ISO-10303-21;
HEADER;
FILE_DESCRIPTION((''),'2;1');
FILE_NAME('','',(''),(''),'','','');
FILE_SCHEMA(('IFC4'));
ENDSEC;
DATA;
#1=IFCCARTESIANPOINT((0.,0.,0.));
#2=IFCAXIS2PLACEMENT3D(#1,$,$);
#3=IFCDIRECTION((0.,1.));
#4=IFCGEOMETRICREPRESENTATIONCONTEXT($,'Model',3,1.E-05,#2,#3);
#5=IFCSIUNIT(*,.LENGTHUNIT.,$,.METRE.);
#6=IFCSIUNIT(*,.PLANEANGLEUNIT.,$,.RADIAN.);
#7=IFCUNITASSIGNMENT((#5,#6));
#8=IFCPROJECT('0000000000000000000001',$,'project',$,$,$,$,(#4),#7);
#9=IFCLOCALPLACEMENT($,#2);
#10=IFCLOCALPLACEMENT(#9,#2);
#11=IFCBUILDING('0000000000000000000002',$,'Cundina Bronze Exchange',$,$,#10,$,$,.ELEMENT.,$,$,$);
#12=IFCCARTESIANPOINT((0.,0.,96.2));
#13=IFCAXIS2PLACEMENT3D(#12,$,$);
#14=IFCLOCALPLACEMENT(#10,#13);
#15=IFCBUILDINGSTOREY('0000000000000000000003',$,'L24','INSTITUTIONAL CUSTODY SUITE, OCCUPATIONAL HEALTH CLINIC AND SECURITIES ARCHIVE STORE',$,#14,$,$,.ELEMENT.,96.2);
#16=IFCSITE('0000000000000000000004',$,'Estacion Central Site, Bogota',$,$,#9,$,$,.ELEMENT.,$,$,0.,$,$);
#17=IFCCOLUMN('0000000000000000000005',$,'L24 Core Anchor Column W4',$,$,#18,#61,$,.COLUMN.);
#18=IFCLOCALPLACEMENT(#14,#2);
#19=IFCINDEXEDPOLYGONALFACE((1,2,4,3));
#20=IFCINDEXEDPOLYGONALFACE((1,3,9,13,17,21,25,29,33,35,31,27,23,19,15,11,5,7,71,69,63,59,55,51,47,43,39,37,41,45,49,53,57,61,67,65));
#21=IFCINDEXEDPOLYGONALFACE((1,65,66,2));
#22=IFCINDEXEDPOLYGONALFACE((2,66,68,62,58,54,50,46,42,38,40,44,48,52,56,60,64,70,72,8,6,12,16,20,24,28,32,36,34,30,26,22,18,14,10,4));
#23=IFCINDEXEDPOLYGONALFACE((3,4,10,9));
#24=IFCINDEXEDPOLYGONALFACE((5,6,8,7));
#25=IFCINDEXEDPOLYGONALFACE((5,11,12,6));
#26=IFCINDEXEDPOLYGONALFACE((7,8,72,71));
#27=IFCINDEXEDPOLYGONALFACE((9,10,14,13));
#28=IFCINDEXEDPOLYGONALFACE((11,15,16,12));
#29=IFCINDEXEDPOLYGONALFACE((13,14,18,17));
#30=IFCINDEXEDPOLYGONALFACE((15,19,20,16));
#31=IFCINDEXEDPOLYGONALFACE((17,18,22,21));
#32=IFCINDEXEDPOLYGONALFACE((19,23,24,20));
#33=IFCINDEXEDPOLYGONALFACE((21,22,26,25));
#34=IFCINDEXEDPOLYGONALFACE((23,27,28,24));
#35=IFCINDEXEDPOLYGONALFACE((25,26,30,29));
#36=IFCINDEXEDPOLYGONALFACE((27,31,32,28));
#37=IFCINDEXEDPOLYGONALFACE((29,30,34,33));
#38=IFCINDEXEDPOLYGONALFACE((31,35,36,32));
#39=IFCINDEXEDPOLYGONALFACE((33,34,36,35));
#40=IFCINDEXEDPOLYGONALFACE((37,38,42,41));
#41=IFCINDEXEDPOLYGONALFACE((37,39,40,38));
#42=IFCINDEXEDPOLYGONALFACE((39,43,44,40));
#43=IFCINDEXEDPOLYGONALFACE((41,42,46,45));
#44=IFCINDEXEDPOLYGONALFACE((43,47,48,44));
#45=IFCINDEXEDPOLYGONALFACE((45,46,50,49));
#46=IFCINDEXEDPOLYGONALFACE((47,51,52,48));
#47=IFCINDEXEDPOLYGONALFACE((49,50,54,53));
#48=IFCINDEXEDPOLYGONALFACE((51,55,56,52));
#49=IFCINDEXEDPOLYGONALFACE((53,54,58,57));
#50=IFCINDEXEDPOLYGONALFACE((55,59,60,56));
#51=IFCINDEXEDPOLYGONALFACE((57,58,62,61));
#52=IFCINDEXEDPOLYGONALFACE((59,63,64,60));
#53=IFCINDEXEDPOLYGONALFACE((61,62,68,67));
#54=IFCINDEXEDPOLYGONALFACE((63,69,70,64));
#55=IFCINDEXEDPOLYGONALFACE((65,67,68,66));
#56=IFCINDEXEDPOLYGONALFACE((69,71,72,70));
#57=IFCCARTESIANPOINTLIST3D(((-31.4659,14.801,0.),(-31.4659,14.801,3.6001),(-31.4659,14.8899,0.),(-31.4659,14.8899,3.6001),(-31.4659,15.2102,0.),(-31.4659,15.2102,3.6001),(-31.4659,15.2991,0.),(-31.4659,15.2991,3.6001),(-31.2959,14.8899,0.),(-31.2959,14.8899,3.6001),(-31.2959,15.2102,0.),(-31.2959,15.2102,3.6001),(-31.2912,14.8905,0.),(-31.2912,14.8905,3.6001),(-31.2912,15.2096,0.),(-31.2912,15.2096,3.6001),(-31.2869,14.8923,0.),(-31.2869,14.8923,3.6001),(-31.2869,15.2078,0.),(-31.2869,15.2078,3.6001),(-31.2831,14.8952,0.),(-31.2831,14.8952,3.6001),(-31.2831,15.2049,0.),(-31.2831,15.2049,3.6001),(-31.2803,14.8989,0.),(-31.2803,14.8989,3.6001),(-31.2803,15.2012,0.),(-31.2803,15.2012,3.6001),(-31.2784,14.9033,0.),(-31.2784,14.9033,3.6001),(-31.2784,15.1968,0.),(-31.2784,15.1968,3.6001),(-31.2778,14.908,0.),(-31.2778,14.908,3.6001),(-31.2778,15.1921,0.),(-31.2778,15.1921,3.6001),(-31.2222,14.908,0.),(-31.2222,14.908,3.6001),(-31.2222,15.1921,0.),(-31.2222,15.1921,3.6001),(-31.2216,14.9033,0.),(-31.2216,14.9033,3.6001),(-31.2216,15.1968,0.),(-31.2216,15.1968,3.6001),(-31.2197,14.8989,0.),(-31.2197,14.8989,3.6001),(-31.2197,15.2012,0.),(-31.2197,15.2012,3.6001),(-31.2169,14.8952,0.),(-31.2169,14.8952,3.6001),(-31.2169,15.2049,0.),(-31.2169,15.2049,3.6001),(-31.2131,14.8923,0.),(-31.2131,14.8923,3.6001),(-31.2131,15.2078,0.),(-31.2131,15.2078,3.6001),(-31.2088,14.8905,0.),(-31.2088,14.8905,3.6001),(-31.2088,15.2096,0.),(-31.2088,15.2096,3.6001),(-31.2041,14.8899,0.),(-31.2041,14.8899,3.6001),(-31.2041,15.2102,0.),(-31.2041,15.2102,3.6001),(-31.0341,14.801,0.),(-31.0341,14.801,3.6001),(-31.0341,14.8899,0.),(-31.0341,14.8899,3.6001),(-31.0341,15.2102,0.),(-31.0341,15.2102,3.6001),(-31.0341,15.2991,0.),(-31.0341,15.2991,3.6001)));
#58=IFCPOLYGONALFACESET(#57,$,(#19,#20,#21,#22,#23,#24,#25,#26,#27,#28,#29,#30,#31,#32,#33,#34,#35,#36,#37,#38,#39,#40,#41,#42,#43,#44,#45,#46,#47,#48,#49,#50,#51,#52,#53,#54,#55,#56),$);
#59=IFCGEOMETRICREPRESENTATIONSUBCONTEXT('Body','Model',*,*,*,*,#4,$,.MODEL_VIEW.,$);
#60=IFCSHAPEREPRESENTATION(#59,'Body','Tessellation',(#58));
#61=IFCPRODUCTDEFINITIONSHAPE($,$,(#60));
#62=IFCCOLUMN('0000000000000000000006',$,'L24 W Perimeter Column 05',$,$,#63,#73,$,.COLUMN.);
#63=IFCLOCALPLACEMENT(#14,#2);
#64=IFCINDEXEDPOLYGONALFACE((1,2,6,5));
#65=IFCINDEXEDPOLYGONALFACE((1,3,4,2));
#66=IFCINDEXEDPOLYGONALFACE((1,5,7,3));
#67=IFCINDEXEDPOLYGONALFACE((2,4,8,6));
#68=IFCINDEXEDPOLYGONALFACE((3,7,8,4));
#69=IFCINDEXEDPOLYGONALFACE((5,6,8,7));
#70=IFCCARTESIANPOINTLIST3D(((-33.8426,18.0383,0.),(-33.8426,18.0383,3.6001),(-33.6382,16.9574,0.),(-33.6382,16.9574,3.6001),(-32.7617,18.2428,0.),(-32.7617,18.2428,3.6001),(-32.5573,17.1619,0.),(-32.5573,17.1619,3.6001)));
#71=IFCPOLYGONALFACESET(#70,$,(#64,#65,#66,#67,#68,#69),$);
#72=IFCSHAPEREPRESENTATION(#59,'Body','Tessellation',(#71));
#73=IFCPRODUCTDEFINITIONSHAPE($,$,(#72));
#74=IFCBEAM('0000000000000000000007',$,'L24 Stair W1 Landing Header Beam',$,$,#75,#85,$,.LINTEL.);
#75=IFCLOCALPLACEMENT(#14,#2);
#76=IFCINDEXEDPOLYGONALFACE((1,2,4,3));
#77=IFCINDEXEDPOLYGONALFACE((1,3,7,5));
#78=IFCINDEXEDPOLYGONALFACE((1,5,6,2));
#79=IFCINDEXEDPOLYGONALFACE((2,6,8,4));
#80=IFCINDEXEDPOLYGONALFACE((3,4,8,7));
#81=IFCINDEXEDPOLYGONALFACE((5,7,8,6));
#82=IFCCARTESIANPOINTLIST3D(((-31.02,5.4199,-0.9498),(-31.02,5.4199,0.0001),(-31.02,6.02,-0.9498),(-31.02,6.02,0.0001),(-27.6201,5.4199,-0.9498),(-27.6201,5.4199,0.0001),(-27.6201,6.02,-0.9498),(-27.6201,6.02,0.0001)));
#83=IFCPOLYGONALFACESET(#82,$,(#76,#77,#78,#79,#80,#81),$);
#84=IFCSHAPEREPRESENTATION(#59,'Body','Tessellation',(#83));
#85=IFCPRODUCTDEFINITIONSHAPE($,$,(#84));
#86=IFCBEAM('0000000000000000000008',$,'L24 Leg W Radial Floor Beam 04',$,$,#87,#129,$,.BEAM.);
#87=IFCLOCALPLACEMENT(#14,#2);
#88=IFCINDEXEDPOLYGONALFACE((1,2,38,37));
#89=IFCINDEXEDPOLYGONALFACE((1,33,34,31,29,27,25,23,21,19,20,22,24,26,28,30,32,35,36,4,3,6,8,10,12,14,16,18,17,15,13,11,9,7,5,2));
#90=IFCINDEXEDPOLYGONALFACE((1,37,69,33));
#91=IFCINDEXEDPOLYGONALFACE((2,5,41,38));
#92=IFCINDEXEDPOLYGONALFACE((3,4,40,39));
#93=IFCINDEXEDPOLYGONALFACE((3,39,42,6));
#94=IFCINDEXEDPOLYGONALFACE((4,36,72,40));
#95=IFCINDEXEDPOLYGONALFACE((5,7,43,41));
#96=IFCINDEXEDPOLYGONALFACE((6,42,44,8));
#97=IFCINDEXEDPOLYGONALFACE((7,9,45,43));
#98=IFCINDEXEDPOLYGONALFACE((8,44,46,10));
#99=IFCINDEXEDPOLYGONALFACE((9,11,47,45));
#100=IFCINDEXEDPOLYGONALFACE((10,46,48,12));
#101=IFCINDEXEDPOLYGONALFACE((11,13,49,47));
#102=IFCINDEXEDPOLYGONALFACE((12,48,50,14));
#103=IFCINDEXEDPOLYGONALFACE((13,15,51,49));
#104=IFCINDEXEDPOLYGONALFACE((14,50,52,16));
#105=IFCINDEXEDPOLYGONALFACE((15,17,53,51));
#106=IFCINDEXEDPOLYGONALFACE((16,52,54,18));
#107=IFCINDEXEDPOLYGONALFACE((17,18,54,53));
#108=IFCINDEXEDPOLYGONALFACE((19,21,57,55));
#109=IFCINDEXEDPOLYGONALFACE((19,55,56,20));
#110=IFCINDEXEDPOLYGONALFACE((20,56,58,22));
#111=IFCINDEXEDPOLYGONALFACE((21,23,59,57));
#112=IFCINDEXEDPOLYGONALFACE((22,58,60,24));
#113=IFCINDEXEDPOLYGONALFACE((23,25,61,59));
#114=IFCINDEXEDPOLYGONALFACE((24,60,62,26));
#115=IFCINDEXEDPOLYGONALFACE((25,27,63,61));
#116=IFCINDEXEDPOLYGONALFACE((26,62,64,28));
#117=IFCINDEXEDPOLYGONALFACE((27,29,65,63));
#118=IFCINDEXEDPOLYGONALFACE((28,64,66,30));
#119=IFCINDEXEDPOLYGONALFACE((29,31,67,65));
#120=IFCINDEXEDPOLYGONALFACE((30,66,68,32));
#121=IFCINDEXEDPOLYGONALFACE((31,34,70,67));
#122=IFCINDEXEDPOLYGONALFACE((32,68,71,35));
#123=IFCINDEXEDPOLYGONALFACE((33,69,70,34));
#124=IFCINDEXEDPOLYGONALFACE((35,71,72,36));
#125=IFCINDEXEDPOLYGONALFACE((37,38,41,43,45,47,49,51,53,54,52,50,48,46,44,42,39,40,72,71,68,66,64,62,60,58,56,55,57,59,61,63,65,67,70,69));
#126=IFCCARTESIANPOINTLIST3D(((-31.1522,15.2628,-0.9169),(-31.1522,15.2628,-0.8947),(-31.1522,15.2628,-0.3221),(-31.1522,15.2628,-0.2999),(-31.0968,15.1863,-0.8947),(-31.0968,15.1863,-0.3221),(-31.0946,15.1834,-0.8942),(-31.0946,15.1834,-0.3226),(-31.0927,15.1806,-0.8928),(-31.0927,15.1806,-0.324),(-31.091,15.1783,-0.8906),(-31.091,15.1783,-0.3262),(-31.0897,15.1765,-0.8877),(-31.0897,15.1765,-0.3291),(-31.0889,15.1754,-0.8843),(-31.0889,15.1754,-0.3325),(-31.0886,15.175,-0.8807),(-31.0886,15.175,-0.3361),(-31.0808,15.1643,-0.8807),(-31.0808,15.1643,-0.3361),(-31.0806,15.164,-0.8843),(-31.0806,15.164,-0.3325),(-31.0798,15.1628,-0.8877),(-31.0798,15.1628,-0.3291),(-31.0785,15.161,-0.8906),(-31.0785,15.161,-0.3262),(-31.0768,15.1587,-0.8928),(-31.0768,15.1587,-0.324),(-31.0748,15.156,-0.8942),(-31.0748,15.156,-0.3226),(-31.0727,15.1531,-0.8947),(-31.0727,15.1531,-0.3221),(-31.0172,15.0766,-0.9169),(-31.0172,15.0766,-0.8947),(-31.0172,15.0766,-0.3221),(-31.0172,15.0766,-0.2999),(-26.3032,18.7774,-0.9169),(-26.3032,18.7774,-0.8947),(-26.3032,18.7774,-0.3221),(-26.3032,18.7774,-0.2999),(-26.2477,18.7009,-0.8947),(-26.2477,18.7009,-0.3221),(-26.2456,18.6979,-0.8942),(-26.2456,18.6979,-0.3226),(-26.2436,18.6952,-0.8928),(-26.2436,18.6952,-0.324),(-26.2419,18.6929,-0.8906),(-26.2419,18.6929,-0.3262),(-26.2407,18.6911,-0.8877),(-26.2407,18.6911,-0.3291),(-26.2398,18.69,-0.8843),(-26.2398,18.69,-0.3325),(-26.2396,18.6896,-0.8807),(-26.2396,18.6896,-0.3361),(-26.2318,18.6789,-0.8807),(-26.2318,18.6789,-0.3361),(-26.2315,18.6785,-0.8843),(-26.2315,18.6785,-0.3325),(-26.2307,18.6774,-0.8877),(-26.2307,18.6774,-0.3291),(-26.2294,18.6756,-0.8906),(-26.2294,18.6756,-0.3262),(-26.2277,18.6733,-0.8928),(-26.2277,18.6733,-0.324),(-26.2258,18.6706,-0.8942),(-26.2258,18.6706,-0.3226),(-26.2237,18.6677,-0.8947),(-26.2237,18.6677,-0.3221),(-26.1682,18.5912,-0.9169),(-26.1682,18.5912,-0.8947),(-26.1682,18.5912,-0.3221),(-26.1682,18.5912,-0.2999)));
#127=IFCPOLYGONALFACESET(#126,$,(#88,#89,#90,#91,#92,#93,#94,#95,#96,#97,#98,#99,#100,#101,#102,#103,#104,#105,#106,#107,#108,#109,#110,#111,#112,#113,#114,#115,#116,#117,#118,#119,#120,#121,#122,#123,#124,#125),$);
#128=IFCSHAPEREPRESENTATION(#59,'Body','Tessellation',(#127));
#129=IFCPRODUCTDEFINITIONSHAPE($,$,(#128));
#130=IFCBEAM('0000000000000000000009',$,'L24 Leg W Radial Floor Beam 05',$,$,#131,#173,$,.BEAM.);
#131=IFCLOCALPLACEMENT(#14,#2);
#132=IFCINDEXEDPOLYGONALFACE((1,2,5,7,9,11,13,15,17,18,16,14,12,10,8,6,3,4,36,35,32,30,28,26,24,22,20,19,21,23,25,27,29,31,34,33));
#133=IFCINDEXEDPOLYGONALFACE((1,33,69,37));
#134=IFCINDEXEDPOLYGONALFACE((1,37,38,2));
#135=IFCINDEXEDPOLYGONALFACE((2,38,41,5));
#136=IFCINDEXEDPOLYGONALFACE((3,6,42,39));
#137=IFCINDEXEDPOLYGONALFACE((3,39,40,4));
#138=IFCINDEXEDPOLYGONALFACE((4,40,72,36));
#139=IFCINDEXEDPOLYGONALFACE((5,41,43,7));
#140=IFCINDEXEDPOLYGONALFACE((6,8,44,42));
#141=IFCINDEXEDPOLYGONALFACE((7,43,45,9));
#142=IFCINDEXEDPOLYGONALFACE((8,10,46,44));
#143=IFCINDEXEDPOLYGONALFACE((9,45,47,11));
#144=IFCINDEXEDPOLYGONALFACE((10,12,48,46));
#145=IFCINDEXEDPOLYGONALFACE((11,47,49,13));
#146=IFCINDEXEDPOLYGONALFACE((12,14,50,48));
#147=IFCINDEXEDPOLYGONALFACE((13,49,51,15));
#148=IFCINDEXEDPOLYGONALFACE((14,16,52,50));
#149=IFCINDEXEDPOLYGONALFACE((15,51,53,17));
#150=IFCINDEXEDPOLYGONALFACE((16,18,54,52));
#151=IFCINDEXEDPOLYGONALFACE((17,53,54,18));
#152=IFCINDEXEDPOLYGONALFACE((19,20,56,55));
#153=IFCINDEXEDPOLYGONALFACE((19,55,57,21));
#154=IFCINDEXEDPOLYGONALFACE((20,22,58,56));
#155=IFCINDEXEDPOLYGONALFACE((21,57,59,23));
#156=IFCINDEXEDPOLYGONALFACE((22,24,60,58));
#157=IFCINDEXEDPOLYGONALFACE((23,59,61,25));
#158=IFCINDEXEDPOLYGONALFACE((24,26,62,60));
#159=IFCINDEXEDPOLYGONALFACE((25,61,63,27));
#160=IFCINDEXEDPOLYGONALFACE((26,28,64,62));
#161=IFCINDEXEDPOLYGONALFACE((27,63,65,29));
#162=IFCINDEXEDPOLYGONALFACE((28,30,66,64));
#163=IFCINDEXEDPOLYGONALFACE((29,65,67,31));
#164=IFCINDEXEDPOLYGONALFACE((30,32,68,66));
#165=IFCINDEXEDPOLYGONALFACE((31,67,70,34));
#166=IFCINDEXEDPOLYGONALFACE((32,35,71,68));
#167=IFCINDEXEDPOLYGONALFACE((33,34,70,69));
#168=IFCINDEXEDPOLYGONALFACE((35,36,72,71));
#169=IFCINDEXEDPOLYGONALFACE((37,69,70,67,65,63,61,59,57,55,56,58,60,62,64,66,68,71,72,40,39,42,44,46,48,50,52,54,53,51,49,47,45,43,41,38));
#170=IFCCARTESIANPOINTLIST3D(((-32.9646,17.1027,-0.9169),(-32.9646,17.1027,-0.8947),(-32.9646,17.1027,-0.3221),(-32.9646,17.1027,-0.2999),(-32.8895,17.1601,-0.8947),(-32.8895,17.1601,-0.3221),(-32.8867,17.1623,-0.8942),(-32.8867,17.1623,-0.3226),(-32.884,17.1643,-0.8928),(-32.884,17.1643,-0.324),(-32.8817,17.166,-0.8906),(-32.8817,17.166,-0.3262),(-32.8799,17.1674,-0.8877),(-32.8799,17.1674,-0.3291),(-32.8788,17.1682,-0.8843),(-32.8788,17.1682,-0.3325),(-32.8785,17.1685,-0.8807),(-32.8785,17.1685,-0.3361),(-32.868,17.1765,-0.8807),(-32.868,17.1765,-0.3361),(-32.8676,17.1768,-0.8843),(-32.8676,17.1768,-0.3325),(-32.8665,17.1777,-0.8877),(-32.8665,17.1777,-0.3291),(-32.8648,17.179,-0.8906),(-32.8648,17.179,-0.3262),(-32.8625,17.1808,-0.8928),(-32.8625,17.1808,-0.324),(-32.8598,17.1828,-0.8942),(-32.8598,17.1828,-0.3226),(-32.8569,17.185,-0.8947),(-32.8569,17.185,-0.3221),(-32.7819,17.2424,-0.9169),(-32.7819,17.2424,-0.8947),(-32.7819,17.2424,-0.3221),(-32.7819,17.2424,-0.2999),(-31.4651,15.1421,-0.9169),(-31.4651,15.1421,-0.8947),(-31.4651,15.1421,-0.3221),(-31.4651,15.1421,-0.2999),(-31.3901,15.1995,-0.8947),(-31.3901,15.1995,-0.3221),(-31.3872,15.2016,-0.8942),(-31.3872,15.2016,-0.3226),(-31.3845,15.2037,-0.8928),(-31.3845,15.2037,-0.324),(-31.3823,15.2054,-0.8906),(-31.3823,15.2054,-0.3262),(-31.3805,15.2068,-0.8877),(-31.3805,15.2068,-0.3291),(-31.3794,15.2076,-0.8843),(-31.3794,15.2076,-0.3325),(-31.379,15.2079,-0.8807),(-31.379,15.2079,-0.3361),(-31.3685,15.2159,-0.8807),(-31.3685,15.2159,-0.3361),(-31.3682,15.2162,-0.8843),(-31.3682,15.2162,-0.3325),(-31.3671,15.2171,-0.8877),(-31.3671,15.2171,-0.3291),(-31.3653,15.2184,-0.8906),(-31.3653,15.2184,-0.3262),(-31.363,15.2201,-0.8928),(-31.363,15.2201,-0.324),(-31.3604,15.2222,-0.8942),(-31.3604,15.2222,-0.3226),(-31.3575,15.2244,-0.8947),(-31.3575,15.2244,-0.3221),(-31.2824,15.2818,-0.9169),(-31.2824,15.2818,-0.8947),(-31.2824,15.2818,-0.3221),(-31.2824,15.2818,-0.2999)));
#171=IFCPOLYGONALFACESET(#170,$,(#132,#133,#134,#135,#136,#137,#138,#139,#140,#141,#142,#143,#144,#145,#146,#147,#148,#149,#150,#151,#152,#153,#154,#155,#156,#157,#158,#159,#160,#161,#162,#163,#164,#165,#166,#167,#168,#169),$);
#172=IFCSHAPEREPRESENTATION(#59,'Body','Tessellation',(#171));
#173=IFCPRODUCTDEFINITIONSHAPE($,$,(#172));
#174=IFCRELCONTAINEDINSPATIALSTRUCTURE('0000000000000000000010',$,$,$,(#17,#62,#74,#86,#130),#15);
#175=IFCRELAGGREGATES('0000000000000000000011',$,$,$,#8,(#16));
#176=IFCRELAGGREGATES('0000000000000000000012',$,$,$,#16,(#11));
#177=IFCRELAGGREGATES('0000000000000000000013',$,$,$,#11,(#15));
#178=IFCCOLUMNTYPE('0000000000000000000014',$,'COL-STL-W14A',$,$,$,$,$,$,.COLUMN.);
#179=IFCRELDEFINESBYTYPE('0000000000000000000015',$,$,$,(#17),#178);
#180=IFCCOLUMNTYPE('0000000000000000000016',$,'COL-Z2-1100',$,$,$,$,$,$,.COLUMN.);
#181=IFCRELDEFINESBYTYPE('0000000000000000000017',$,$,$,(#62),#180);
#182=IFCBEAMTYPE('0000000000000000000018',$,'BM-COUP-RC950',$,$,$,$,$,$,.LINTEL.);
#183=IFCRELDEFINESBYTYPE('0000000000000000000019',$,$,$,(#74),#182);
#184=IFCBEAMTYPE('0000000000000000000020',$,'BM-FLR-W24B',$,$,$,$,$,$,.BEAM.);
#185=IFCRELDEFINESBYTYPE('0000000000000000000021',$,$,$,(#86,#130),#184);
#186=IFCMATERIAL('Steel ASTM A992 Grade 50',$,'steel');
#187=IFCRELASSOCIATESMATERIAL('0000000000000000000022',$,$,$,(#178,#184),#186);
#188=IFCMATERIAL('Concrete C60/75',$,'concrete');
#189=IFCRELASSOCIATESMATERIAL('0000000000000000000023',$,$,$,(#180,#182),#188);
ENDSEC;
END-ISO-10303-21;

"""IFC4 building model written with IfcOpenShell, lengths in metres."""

from ifc_helpers import new_model, si_unit, direction, frame, origin, origin_2d, place, context, subcontext, project, spatial, rectangle, i_section, extrude, material, material_profile, profile_set, type_object, element, save


model = new_model("IFC4")

# Units and contexts
model_context = context("Model", 3, precision=1e-05, world=origin(), true_north=direction((0.0, 1.0)))
body_context = subcontext(model_context, "Body", "Model", "MODEL_VIEW")
ifc_project = project(units=[si_unit("LENGTHUNIT", "METRE"), si_unit("PLANEANGLEUNIT", "RADIAN")], contexts=[model_context])

# Site, building, storey
site_placement = place(None, origin())
site = spatial("IfcSite", under=ifc_project, at=site_placement, Name="Estacion Central Site, Bogota", CompositionType="ELEMENT", RefElevation=0.0)
building_placement = place(site_placement, origin())
building = spatial("IfcBuilding", under=site, at=building_placement, Name="Cundina Bronze Exchange", CompositionType="ELEMENT")
storey_placement = place(building_placement, frame((0.0, 0.0, 96.2)))
storey = spatial("IfcBuildingStorey", under=building, at=storey_placement, Name="L24", Description="INSTITUTIONAL CUSTODY SUITE, OCCUPATIONAL HEALTH CLINIC AND SECURITIES ARCHIVE STORE", CompositionType="ELEMENT", Elevation=96.2)

# Columns
ifc_material_1 = material(Name="Steel ASTM A992 Grade 50", Category="steel")
ifc_material_profile_1 = material_profile(ifc_material_1, i_section(OverallWidth=0.4319, OverallDepth=0.498, WebThickness=0.0557, FlangeThickness=0.0889, FilletRadius=0.0181, at=origin_2d()), Name="W14X500", Category="steel")
ifc_profile_set_1 = profile_set([ifc_material_profile_1], Name="Steel ASTM A992 Grade 50")
column_type_1 = type_object("IfcColumnType", Name="COL-STL-W14A", PredefinedType="COLUMN", material=ifc_profile_set_1)
column_1_placement = place(storey_placement, frame((-31.25, 15.05, 0.0), z_axis=(0.0, 0.0, 1.0), x_axis=(1.0, 0.0, 0.0)))
element("IfcColumn", 1, at=column_1_placement, inside=storey, type_object=column_type_1, Name="L24 Core Anchor Column W4", PredefinedType="COLUMN", context=body_context, shape_type="SweptSolid", body=[
    extrude(i_section(OverallWidth=0.4319, OverallDepth=0.498, WebThickness=0.0557, FlangeThickness=0.0889, FilletRadius=0.0181, at=origin_2d()), origin(), (0.0, 0.0, 1.0), 3.6001),
])
ifc_material_2 = material(Name="Concrete C60/75", Category="concrete")
ifc_material_profile_2 = material_profile(ifc_material_2, rectangle(XDim=1.1001, YDim=1.1001, at=origin_2d()), Name="RC1100X1100", Category="concrete")
ifc_profile_set_2 = profile_set([ifc_material_profile_2], Name="Concrete C60/75")
column_type_2 = type_object("IfcColumnType", Name="COL-Z2-1100", PredefinedType="COLUMN", material=ifc_profile_set_2)
column_2_placement = place(storey_placement, frame((-33.2, 17.6001, 0.0), z_axis=(0.0, 0.0, 1.0), x_axis=(-0.98258, -0.185838, 0.0)))
element("IfcColumn", 2, at=column_2_placement, inside=storey, type_object=column_type_2, Name="L24 W Perimeter Column 05", PredefinedType="COLUMN", context=body_context, shape_type="SweptSolid", body=[
    extrude(rectangle(XDim=1.1001, YDim=1.1001, at=origin_2d()), origin(), (0.0, 0.0, 1.0), 3.6001),
])

# Beams
ifc_material_profile_3 = material_profile(ifc_material_2, rectangle(XDim=0.6001, YDim=0.95, at=origin_2d()), Name="RC600X950", Category="concrete")
ifc_profile_set_3 = profile_set([ifc_material_profile_3], Name="Concrete C60/75")
beam_type_1 = type_object("IfcBeamType", Name="BM-COUP-RC950", PredefinedType="LINTEL", material=ifc_profile_set_3)
beam_1_placement = place(storey_placement, frame((-31.02, 5.72, -0.4749), z_axis=(1.0, 0.0, 0.0), x_axis=(0.0, 1.0, 0.0)))
element("IfcBeam", 3, at=beam_1_placement, inside=storey, type_object=beam_type_1, Name="L24 Stair W1 Landing Header Beam", PredefinedType="LINTEL", context=body_context, shape_type="SweptSolid", body=[
    extrude(rectangle(XDim=0.6001, YDim=0.95, at=origin_2d()), origin(), (0.0, 0.0, 1.0), 3.3999),
])
ifc_material_profile_4 = material_profile(ifc_material_1, i_section(OverallWidth=0.23, OverallDepth=0.6169, WebThickness=0.0132, FlangeThickness=0.0222, FilletRadius=0.0139, at=origin_2d()), Name="W24X94", Category="steel")
ifc_profile_set_4 = profile_set([ifc_material_profile_4], Name="Steel ASTM A992 Grade 50")
beam_type_2 = type_object("IfcBeamType", Name="BM-FLR-W24B", PredefinedType="BEAM", material=ifc_profile_set_4)
beam_2_placement = place(storey_placement, frame((-31.0847, 15.1697, -0.6084), z_axis=(0.809687, 0.586862, 0.0), x_axis=(-0.586862, 0.809687, 0.0)))
element("IfcBeam", 4, at=beam_2_placement, inside=storey, type_object=beam_type_2, Name="L24 Leg W Radial Floor Beam 04", PredefinedType="BEAM", context=body_context, shape_type="SweptSolid", body=[
    extrude(i_section(OverallWidth=0.23, OverallDepth=0.6169, WebThickness=0.0132, FlangeThickness=0.0222, FilletRadius=0.0139, at=origin_2d()), origin(), (0.0, 0.0, 1.0), 5.9888),
])
beam_3_placement = place(storey_placement, frame((-31.3738, 15.2119, -0.6084), z_axis=(-0.60749, 0.794327, 0.0), x_axis=(-0.794327, -0.60749, 0.0)))
element("IfcBeam", 5, at=beam_3_placement, inside=storey, type_object=beam_type_2, Name="L24 Leg W Radial Floor Beam 05", PredefinedType="BEAM", context=body_context, shape_type="SweptSolid", body=[
    extrude(i_section(OverallWidth=0.23, OverallDepth=0.6169, WebThickness=0.0132, FlangeThickness=0.0222, FilletRadius=0.0139, at=origin_2d()), origin(), (0.0, 0.0, 1.0), 2.4683),
])

save(model, "model.ifc")
